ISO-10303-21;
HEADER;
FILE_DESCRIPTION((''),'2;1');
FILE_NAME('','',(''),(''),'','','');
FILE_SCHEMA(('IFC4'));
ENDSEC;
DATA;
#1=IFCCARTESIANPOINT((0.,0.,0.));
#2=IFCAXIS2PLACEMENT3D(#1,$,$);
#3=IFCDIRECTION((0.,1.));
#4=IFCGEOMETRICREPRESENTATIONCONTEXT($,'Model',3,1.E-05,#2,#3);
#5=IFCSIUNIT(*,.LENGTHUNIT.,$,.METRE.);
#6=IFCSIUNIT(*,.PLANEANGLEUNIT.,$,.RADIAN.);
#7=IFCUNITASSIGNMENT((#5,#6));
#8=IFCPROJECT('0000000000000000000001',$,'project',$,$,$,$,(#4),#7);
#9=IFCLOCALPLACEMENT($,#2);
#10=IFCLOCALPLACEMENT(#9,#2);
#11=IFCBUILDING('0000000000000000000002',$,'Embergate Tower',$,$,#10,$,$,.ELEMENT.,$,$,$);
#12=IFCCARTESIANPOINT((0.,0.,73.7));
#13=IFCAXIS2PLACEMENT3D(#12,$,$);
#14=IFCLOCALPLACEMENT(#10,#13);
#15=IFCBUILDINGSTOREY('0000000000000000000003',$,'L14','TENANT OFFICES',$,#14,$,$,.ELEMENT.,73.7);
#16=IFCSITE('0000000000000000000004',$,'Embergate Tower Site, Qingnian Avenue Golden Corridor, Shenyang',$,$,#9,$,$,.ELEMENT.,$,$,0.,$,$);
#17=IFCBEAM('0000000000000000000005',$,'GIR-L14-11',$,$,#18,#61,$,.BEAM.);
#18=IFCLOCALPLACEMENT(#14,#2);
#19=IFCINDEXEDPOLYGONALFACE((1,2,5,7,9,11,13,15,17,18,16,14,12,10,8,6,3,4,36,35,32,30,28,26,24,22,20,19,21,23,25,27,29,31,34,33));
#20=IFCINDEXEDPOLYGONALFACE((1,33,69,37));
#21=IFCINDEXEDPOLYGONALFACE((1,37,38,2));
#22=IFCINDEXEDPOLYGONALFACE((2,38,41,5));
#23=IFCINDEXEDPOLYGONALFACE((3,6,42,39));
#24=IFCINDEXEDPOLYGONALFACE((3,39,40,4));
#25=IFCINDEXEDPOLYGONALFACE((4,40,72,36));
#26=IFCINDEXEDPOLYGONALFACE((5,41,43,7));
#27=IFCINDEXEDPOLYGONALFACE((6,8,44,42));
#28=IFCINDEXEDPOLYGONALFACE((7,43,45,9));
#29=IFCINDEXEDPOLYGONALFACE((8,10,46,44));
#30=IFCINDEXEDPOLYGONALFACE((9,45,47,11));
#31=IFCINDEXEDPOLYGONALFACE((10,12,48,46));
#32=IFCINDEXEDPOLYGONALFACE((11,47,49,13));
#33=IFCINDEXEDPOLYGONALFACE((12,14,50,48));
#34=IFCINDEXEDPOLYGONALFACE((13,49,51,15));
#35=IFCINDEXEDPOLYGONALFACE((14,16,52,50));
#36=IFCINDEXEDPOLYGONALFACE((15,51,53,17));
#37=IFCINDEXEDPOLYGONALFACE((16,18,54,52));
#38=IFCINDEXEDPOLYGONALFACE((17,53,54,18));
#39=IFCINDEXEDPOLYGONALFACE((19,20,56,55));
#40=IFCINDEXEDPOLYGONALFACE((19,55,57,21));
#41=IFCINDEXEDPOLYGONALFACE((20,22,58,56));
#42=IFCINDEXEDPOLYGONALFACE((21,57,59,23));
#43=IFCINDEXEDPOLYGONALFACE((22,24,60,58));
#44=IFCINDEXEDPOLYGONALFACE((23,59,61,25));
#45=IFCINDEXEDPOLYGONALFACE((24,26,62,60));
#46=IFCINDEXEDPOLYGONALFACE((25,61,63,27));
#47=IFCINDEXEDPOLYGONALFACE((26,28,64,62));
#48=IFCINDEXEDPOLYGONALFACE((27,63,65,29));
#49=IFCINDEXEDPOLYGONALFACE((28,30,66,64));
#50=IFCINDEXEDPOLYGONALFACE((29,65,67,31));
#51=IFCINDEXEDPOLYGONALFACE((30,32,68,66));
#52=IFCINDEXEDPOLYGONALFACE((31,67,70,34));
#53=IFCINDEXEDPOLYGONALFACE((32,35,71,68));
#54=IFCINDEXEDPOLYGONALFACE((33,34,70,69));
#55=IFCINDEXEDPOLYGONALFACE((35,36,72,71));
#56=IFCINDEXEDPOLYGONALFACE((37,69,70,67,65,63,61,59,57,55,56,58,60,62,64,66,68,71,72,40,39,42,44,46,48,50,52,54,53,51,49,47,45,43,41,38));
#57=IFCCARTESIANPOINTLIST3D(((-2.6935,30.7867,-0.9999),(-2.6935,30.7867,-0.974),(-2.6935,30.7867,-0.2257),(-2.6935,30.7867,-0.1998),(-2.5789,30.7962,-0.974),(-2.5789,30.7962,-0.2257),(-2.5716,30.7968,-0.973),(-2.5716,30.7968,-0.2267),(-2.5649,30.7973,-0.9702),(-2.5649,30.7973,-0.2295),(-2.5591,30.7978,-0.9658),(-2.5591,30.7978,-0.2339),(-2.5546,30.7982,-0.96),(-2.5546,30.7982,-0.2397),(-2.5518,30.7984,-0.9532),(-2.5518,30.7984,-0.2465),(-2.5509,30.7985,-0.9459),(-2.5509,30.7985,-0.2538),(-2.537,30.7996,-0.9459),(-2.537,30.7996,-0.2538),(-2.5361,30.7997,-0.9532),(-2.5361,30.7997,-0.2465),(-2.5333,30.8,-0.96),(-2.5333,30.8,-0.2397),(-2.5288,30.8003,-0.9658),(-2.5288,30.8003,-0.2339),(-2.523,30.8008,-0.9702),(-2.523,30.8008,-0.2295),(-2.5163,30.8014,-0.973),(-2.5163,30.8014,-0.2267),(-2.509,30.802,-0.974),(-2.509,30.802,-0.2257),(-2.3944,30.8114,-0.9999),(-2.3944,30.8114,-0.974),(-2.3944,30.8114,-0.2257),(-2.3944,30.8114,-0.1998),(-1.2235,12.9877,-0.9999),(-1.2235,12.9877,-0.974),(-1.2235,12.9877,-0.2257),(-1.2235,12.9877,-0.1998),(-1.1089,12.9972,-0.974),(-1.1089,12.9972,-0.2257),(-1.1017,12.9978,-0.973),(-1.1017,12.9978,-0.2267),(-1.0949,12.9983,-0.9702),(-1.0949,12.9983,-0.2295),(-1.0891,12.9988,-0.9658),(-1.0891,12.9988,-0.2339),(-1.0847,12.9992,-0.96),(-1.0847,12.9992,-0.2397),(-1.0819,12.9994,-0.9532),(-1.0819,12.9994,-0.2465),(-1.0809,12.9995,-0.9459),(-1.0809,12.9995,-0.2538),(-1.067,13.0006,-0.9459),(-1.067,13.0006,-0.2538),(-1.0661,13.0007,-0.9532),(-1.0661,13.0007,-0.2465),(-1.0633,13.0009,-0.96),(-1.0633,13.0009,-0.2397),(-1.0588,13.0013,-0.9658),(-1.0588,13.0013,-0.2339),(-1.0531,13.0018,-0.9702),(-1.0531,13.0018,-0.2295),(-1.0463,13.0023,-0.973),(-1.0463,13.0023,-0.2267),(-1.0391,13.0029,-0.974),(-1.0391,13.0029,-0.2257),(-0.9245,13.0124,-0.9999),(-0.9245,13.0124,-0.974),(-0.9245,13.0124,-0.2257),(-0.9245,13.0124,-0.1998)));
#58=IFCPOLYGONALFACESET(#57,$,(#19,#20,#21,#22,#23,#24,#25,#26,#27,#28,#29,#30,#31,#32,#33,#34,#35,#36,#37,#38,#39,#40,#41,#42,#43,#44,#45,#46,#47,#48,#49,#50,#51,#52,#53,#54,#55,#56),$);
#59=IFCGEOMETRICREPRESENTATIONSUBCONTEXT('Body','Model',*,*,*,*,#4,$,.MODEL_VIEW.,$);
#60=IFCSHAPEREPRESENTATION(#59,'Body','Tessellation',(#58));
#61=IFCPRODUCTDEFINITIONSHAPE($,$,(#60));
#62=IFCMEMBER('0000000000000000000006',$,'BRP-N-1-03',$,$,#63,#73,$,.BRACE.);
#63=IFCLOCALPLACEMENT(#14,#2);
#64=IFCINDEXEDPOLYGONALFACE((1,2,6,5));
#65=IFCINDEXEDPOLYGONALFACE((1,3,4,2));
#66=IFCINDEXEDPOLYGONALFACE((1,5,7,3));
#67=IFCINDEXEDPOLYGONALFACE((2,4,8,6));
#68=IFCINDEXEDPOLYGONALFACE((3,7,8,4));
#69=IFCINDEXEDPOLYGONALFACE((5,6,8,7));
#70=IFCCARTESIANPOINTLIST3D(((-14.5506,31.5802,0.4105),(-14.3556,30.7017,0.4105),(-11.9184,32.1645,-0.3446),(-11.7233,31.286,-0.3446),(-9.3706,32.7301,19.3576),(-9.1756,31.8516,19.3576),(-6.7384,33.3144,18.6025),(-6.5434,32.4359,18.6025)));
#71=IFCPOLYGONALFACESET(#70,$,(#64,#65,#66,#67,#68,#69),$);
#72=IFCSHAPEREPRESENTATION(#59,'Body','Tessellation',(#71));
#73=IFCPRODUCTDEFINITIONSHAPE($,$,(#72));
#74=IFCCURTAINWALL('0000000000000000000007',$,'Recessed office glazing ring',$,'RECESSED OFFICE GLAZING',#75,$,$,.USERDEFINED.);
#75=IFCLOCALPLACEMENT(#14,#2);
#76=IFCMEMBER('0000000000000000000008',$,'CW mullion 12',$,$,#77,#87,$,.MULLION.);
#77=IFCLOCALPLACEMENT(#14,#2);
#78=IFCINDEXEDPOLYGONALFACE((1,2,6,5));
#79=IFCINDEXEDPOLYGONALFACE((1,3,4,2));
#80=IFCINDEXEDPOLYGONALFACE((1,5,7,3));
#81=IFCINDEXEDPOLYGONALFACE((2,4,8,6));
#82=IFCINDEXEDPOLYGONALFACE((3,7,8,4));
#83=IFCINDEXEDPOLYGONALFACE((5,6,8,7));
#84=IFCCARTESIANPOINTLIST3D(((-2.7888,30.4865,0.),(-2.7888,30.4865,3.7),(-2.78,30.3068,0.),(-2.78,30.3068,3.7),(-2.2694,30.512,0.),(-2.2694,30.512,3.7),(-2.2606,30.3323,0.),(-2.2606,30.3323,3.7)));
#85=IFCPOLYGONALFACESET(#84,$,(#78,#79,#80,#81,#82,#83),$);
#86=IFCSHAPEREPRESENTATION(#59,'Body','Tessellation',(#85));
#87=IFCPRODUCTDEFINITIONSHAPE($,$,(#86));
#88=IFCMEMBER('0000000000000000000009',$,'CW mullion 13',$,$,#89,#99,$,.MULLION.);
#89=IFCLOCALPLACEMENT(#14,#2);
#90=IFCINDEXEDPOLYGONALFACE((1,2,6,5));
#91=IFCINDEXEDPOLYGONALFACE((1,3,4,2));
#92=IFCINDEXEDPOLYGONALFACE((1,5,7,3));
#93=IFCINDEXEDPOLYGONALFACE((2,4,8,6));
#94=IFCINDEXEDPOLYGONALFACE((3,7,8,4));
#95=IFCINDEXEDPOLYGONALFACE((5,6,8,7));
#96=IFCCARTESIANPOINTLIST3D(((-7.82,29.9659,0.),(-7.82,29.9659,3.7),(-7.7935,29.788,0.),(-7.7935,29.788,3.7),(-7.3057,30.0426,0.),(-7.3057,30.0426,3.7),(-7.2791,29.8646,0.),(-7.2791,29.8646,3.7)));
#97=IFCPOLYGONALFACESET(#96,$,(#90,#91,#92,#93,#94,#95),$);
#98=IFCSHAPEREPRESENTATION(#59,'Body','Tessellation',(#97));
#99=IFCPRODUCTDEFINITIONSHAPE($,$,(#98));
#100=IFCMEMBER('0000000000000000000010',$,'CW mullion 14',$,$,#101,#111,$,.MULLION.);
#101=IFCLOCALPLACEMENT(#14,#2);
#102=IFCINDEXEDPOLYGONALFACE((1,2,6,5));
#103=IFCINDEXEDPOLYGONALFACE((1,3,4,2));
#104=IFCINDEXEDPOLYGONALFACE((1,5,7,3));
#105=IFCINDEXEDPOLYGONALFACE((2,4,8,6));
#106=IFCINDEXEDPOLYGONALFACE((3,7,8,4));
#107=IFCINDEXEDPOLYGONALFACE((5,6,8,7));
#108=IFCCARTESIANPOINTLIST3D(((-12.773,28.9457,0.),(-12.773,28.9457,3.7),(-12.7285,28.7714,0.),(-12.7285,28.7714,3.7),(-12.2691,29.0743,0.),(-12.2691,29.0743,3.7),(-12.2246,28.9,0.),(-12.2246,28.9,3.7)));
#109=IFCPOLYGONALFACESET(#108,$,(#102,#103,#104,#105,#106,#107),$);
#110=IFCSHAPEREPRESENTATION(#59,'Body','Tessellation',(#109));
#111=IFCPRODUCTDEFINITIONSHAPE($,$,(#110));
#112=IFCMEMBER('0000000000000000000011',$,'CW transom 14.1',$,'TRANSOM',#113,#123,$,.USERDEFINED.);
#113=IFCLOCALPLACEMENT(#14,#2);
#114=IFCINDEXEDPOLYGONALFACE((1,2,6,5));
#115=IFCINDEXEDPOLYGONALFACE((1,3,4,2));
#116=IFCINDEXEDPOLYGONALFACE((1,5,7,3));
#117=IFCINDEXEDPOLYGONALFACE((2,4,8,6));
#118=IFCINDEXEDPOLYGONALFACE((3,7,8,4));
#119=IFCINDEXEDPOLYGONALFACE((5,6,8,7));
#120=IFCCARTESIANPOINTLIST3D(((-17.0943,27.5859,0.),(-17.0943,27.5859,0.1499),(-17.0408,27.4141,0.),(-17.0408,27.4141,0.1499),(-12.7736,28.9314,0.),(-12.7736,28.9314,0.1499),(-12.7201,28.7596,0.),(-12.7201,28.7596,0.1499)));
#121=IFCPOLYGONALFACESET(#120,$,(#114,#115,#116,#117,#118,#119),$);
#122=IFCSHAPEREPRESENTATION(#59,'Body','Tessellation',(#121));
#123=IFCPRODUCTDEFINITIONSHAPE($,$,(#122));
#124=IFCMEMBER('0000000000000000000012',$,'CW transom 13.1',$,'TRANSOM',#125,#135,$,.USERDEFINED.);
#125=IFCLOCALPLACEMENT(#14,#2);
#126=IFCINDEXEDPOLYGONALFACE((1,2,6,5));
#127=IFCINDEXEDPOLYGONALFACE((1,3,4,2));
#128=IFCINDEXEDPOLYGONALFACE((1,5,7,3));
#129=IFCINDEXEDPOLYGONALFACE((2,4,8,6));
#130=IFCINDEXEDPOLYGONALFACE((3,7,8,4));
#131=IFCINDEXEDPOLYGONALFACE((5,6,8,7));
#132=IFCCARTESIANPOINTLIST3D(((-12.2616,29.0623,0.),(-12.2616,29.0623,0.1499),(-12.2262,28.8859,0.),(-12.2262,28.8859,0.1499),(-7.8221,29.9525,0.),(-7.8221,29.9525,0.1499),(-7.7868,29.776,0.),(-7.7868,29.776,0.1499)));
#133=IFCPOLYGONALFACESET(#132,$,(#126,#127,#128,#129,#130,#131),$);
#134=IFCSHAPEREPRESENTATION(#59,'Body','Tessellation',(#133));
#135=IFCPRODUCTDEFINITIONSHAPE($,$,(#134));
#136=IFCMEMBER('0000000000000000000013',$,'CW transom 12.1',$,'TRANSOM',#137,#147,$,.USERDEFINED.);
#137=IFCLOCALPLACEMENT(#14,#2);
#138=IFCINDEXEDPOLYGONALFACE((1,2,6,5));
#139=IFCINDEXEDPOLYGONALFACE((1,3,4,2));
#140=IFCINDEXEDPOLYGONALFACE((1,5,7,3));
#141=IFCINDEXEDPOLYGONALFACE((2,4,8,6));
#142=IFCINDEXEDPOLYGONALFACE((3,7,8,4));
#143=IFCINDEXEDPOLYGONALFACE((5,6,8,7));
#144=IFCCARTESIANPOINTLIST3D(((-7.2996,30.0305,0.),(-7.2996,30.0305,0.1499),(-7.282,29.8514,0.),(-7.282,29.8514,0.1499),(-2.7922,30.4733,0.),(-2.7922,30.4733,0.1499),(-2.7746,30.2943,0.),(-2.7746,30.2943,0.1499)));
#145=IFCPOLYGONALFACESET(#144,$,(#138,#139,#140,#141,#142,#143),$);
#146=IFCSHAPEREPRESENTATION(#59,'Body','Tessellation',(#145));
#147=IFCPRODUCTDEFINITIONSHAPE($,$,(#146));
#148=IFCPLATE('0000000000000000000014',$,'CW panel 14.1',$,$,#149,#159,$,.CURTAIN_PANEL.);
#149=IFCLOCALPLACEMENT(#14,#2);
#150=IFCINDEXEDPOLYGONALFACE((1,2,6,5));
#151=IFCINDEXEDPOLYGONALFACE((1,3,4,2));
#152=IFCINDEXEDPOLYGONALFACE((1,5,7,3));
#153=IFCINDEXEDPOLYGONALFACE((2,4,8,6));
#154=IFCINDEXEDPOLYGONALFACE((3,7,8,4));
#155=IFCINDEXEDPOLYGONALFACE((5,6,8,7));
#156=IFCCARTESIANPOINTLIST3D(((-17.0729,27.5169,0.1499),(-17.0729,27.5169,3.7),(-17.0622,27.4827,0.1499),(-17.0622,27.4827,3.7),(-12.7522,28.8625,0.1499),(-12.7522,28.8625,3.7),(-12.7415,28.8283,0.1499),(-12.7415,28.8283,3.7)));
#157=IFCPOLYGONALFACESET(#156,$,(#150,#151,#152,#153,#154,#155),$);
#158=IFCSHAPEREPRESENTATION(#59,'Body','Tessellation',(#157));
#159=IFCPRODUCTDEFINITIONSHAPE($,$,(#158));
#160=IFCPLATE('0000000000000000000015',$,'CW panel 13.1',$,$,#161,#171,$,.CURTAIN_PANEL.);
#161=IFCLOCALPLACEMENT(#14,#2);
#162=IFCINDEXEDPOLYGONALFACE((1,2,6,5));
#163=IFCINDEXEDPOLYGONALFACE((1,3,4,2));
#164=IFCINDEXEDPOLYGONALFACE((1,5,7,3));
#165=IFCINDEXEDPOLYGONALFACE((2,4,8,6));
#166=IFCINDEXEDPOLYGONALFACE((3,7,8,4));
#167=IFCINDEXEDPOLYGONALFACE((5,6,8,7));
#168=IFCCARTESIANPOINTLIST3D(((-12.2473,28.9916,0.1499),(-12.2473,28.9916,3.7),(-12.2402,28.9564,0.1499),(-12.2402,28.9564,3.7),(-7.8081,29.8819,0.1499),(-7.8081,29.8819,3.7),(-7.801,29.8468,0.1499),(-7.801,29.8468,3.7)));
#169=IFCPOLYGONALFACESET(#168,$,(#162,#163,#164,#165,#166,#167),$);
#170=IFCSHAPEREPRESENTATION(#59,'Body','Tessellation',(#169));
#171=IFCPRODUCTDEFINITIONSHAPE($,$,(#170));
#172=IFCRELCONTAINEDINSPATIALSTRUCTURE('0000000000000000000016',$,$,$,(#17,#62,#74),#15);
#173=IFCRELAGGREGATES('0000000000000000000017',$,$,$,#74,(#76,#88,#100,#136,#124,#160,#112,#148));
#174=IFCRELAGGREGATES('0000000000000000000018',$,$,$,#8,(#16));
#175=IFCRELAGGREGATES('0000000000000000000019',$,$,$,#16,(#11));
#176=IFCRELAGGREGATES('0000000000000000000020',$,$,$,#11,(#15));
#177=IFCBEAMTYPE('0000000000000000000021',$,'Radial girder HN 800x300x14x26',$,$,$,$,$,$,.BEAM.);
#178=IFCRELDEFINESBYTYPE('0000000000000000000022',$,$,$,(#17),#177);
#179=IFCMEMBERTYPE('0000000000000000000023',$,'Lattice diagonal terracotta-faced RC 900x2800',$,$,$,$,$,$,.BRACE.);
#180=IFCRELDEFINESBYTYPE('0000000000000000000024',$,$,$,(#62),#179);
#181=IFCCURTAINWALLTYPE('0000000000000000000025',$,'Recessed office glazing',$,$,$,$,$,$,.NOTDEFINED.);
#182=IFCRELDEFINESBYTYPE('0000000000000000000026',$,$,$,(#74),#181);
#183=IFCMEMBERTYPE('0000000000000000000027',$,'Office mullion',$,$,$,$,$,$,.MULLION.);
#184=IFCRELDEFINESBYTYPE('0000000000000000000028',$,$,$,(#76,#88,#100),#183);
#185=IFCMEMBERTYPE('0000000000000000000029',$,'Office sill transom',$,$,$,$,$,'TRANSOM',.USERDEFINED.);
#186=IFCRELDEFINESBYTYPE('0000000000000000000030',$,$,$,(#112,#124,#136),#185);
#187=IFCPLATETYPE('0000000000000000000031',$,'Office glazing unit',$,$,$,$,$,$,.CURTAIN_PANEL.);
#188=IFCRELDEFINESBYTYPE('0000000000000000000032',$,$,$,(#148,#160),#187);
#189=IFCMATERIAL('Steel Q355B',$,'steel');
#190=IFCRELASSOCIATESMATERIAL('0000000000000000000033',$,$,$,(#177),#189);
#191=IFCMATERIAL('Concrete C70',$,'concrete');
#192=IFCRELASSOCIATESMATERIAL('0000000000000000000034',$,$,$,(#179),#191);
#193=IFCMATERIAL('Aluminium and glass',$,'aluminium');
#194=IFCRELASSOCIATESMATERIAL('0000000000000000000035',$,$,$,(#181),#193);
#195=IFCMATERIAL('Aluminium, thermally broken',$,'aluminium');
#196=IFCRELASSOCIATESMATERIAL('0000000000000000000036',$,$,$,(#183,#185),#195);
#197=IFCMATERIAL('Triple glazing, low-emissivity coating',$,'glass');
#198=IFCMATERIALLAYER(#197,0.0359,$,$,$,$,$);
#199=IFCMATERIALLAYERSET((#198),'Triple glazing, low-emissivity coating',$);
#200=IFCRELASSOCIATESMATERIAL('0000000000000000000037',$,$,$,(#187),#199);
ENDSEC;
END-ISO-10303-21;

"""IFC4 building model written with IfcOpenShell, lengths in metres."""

from ifc_helpers import new_model, si_unit, direction, frame, origin, origin_2d, place, context, subcontext, project, spatial, rectangle, i_section, extrude, source, transform, mapped, material, layer, layer_set, material_profile, profile_set, type_object, element, aggregate, save


model = new_model("IFC4")

# Units and contexts
model_context = context("Model", 3, precision=1e-05, world=origin(), true_north=direction((0.0, 1.0)))
body_context = subcontext(model_context, "Body", "Model", "MODEL_VIEW")
ifc_project = project(units=[si_unit("LENGTHUNIT", "METRE"), si_unit("PLANEANGLEUNIT", "RADIAN")], contexts=[model_context])

# Site, building, storey
site_placement = place(None, origin())
site = spatial("IfcSite", under=ifc_project, at=site_placement, Name="Embergate Tower Site, Qingnian Avenue Golden Corridor, Shenyang", CompositionType="ELEMENT", RefElevation=0.0)
building_placement = place(site_placement, origin())
building = spatial("IfcBuilding", under=site, at=building_placement, Name="Embergate Tower", CompositionType="ELEMENT")
storey_placement = place(building_placement, frame((0.0, 0.0, 73.7)))
storey = spatial("IfcBuildingStorey", under=building, at=storey_placement, Name="L14", Description="TENANT OFFICES", CompositionType="ELEMENT", Elevation=73.7)

# Shared definitions
ifc_material_1 = material(Name="Concrete C70", Category="concrete")

# Beam
ifc_material_2 = material(Name="Steel Q355B", Category="steel")
ifc_material_profile_1 = material_profile(ifc_material_2, i_section(OverallWidth=0.3, OverallDepth=0.8, WebThickness=0.0139, FlangeThickness=0.0259, FilletRadius=0.0281, at=origin_2d()), Name="HN 800x300x14x26")
ifc_profile_set_1 = profile_set([ifc_material_profile_1], Name="Steel Q355 grade B")
beam_type_1 = type_object("IfcBeamType", Name="Radial girder HN 800x300x14x26", PredefinedType="BEAM", material=ifc_profile_set_1)
shared_shape_1 = source(origin(), body_context, "Body", "SweptSolid", [
    extrude(i_section(OverallWidth=0.3, OverallDepth=0.8, WebThickness=0.0139, FlangeThickness=0.0259, FilletRadius=0.0281, at=origin_2d()), origin(), (0.0, 0.0, 1.0), 17.8596),
])
beam_1_placement = place(storey_placement, frame((-2.5439, 30.7991, -0.5999), z_axis=(0.082307, -0.996607, 0.0), x_axis=(0.996607, 0.082307, 0.0)))
element("IfcBeam", 1, at=beam_1_placement, inside=storey, type_object=beam_type_1, Name="GIR-L14-11", PredefinedType="BEAM", context=body_context, shape_type="MappedRepresentation", body=[
    mapped(shared_shape_1, transform((0.0, 0.0, 0.0))),
])

# Member
ifc_material_profile_2 = material_profile(ifc_material_1, rectangle(XDim=0.8999, YDim=2.8, at=origin_2d()), Name="RC 900x2800")
ifc_profile_set_2 = profile_set([ifc_material_profile_2], Name="Concrete C70")
member_type_1 = type_object("IfcMemberType", Name="Lattice diagonal terracotta-faced RC 900x2800", PredefinedType="BRACE", material=ifc_profile_set_2)
shared_shape_2 = source(origin(), body_context, "Body", "SweptSolid", [
    extrude(rectangle(XDim=0.8999, YDim=2.8, at=origin_2d()), origin(), (0.0, 0.0, 1.0), 19.676),
])
member_1_placement = place(storey_placement, frame((-13.137, 31.4331, 0.033), z_axis=(0.263262, 0.058442, 0.962953), x_axis=(-0.216716, 0.976235, 0.0)))
element("IfcMember", 2, at=member_1_placement, inside=storey, type_object=member_type_1, Name="BRP-N-1-03", PredefinedType="BRACE", context=body_context, shape_type="MappedRepresentation", body=[
    mapped(shared_shape_2, transform((0.0, 0.0, 0.0))),
])

# Curtain wall, members, plates
ifc_material_3 = material(Name="Aluminium and glass", Category="aluminium")
curtain_wall_type = type_object("IfcCurtainWallType", Name="Recessed office glazing", PredefinedType="NOTDEFINED", material=ifc_material_3)
curtain_wall_placement = place(storey_placement, origin())
curtain_wall = element("IfcCurtainWall", 3, at=curtain_wall_placement, inside=storey, type_object=curtain_wall_type, Name="Recessed office glazing ring", ObjectType="RECESSED OFFICE GLAZING", PredefinedType="USERDEFINED")
ifc_material_4 = material(Name="Aluminium, thermally broken", Category="aluminium")
ifc_material_profile_3 = material_profile(ifc_material_4, rectangle(XDim=0.1799, YDim=0.52, at=origin_2d()), Name="AL 520x180")
ifc_profile_set_3 = profile_set([ifc_material_profile_3], Name="Aluminium, thermally broken")
member_type_2 = type_object("IfcMemberType", Name="Office mullion", PredefinedType="MULLION", material=ifc_profile_set_3)
shared_shape_3 = source(origin(), body_context, "Body", "SweptSolid", [
    extrude(rectangle(XDim=0.1799, YDim=0.52, at=origin_2d()), origin(), (0.0, 0.0, 1.0), 3.7),
])
member_2_placement = place(storey_placement, frame((-2.5247, 30.4094, 0.0), z_axis=(0.0, 0.0, 1.0), x_axis=(0.048972, -0.9988, 0.0)))
member_2 = element("IfcMember", 4, at=member_2_placement, type_object=member_type_2, Name="CW mullion 12", PredefinedType="MULLION", context=body_context, shape_type="MappedRepresentation", body=[
    mapped(shared_shape_3, transform((0.0, 0.0, 0.0))),
])
member_3_placement = place(storey_placement, frame((-7.5496, 29.9153, 0.0), z_axis=(0.0, 0.0, 1.0), x_axis=(0.147414, -0.989075, 0.0)))
member_3 = element("IfcMember", 5, at=member_3_placement, type_object=member_type_2, Name="CW mullion 13", PredefinedType="MULLION", context=body_context, shape_type="MappedRepresentation", body=[
    mapped(shared_shape_3, transform((0.0, 0.0, 0.0))),
])
member_4_placement = place(storey_placement, frame((-12.4988, 28.9229, 0.0), z_axis=(0.0, 0.0, 1.0), x_axis=(0.247315, -0.968935, 0.0)))
member_4 = element("IfcMember", 6, at=member_4_placement, type_object=member_type_2, Name="CW mullion 14", PredefinedType="MULLION", context=body_context, shape_type="MappedRepresentation", body=[
    mapped(shared_shape_3, transform((0.0, 0.0, 0.0))),
])
ifc_material_profile_4 = material_profile(ifc_material_4, rectangle(XDim=0.1799, YDim=0.1499, at=origin_2d()), Name="AL 150x180")
ifc_profile_set_4 = profile_set([ifc_material_profile_4], Name="Aluminium, thermally broken")
member_type_3 = type_object("IfcMemberType", Name="Office sill transom", ElementType="TRANSOM", PredefinedType="USERDEFINED", material=ifc_profile_set_4)
shared_shape_4 = source(origin(), body_context, "Body", "SweptSolid", [
    extrude(rectangle(XDim=0.1799, YDim=0.1499, at=origin_2d()), origin(), (0.0, 0.0, 1.0), 4.5254),
])
member_5_placement = place(storey_placement, frame((-12.7468, 28.8455, 0.075), z_axis=(-0.954781, -0.29731, 0.0), x_axis=(0.29731, -0.954781, 0.0)))
member_5 = element("IfcMember", 7, at=member_5_placement, type_object=member_type_3, Name="CW transom 14.1", ObjectType="TRANSOM", PredefinedType="USERDEFINED", context=body_context, shape_type="MappedRepresentation", body=[
    mapped(shared_shape_4, transform((0.0, 0.0, 0.0))),
])
shared_shape_5 = source(origin(), body_context, "Body", "SweptSolid", [
    extrude(rectangle(XDim=0.1799, YDim=0.1499, at=origin_2d()), origin(), (0.0, 0.0, 1.0), 4.5278),
])
member_6_placement = place(storey_placement, frame((-7.8044, 29.8643, 0.075), z_axis=(-0.980485, -0.196593, 0.0), x_axis=(0.196593, -0.980485, 0.0)))
member_6 = element("IfcMember", 8, at=member_6_placement, type_object=member_type_3, Name="CW transom 13.1", ObjectType="TRANSOM", PredefinedType="USERDEFINED", context=body_context, shape_type="MappedRepresentation", body=[
    mapped(shared_shape_5, transform((0.0, 0.0, 0.0))),
])
shared_shape_6 = source(origin(), body_context, "Body", "SweptSolid", [
    extrude(rectangle(XDim=0.1799, YDim=0.1499, at=origin_2d()), origin(), (0.0, 0.0, 1.0), 4.5291),
])
member_7_placement = place(storey_placement, frame((-2.7834, 30.3838, 0.075), z_axis=(-0.995208, -0.097785, 0.0), x_axis=(0.097785, -0.995208, 0.0)))
member_7 = element("IfcMember", 9, at=member_7_placement, type_object=member_type_3, Name="CW transom 12.1", ObjectType="TRANSOM", PredefinedType="USERDEFINED", context=body_context, shape_type="MappedRepresentation", body=[
    mapped(shared_shape_6, transform((0.0, 0.0, 0.0))),
])
ifc_material_5 = material(Name="Triple glazing, low-emissivity coating", Category="glass")
ifc_layer_1 = layer(ifc_material_5, 0.0359)
ifc_layer_set_1 = layer_set([ifc_layer_1], Name="Triple glazing, low-emissivity coating")
plate_type = type_object("IfcPlateType", Name="Office glazing unit", PredefinedType="CURTAIN_PANEL", material=ifc_layer_set_1)
shared_shape_7 = source(origin(), body_context, "Body", "SweptSolid", [
    extrude(rectangle(XDim=4.5254, YDim=0.0359, at=origin_2d()), origin(), (0.0, 0.0, 1.0), 3.55),
])
plate_1_placement = place(storey_placement, frame((-14.9072, 28.1726, 0.1499), z_axis=(0.0, 0.0, 1.0), x_axis=(-0.954771, -0.297342, 0.0)))
plate_1 = element("IfcPlate", 10, at=plate_1_placement, type_object=plate_type, Name="CW panel 14.1", PredefinedType="CURTAIN_PANEL", context=body_context, shape_type="MappedRepresentation", body=[
    mapped(shared_shape_7, transform((0.0, 0.0, 0.0))),
])
shared_shape_8 = source(origin(), body_context, "Body", "SweptSolid", [
    extrude(rectangle(XDim=4.5276, YDim=0.0359, at=origin_2d()), origin(), (0.0, 0.0, 1.0), 3.55),
])
plate_2_placement = place(storey_placement, frame((-10.0242, 29.4192, 0.1499), z_axis=(0.0, 0.0, 1.0), x_axis=(-0.980475, -0.196643, 0.0)))
plate_2 = element("IfcPlate", 11, at=plate_2_placement, type_object=plate_type, Name="CW panel 13.1", PredefinedType="CURTAIN_PANEL", context=body_context, shape_type="MappedRepresentation", body=[
    mapped(shared_shape_8, transform((0.0, 0.0, 0.0))),
])
aggregate(curtain_wall, [member_2, member_3, member_4, member_7, member_6, plate_2, member_5, plate_1])

save(model, "model.ifc")
